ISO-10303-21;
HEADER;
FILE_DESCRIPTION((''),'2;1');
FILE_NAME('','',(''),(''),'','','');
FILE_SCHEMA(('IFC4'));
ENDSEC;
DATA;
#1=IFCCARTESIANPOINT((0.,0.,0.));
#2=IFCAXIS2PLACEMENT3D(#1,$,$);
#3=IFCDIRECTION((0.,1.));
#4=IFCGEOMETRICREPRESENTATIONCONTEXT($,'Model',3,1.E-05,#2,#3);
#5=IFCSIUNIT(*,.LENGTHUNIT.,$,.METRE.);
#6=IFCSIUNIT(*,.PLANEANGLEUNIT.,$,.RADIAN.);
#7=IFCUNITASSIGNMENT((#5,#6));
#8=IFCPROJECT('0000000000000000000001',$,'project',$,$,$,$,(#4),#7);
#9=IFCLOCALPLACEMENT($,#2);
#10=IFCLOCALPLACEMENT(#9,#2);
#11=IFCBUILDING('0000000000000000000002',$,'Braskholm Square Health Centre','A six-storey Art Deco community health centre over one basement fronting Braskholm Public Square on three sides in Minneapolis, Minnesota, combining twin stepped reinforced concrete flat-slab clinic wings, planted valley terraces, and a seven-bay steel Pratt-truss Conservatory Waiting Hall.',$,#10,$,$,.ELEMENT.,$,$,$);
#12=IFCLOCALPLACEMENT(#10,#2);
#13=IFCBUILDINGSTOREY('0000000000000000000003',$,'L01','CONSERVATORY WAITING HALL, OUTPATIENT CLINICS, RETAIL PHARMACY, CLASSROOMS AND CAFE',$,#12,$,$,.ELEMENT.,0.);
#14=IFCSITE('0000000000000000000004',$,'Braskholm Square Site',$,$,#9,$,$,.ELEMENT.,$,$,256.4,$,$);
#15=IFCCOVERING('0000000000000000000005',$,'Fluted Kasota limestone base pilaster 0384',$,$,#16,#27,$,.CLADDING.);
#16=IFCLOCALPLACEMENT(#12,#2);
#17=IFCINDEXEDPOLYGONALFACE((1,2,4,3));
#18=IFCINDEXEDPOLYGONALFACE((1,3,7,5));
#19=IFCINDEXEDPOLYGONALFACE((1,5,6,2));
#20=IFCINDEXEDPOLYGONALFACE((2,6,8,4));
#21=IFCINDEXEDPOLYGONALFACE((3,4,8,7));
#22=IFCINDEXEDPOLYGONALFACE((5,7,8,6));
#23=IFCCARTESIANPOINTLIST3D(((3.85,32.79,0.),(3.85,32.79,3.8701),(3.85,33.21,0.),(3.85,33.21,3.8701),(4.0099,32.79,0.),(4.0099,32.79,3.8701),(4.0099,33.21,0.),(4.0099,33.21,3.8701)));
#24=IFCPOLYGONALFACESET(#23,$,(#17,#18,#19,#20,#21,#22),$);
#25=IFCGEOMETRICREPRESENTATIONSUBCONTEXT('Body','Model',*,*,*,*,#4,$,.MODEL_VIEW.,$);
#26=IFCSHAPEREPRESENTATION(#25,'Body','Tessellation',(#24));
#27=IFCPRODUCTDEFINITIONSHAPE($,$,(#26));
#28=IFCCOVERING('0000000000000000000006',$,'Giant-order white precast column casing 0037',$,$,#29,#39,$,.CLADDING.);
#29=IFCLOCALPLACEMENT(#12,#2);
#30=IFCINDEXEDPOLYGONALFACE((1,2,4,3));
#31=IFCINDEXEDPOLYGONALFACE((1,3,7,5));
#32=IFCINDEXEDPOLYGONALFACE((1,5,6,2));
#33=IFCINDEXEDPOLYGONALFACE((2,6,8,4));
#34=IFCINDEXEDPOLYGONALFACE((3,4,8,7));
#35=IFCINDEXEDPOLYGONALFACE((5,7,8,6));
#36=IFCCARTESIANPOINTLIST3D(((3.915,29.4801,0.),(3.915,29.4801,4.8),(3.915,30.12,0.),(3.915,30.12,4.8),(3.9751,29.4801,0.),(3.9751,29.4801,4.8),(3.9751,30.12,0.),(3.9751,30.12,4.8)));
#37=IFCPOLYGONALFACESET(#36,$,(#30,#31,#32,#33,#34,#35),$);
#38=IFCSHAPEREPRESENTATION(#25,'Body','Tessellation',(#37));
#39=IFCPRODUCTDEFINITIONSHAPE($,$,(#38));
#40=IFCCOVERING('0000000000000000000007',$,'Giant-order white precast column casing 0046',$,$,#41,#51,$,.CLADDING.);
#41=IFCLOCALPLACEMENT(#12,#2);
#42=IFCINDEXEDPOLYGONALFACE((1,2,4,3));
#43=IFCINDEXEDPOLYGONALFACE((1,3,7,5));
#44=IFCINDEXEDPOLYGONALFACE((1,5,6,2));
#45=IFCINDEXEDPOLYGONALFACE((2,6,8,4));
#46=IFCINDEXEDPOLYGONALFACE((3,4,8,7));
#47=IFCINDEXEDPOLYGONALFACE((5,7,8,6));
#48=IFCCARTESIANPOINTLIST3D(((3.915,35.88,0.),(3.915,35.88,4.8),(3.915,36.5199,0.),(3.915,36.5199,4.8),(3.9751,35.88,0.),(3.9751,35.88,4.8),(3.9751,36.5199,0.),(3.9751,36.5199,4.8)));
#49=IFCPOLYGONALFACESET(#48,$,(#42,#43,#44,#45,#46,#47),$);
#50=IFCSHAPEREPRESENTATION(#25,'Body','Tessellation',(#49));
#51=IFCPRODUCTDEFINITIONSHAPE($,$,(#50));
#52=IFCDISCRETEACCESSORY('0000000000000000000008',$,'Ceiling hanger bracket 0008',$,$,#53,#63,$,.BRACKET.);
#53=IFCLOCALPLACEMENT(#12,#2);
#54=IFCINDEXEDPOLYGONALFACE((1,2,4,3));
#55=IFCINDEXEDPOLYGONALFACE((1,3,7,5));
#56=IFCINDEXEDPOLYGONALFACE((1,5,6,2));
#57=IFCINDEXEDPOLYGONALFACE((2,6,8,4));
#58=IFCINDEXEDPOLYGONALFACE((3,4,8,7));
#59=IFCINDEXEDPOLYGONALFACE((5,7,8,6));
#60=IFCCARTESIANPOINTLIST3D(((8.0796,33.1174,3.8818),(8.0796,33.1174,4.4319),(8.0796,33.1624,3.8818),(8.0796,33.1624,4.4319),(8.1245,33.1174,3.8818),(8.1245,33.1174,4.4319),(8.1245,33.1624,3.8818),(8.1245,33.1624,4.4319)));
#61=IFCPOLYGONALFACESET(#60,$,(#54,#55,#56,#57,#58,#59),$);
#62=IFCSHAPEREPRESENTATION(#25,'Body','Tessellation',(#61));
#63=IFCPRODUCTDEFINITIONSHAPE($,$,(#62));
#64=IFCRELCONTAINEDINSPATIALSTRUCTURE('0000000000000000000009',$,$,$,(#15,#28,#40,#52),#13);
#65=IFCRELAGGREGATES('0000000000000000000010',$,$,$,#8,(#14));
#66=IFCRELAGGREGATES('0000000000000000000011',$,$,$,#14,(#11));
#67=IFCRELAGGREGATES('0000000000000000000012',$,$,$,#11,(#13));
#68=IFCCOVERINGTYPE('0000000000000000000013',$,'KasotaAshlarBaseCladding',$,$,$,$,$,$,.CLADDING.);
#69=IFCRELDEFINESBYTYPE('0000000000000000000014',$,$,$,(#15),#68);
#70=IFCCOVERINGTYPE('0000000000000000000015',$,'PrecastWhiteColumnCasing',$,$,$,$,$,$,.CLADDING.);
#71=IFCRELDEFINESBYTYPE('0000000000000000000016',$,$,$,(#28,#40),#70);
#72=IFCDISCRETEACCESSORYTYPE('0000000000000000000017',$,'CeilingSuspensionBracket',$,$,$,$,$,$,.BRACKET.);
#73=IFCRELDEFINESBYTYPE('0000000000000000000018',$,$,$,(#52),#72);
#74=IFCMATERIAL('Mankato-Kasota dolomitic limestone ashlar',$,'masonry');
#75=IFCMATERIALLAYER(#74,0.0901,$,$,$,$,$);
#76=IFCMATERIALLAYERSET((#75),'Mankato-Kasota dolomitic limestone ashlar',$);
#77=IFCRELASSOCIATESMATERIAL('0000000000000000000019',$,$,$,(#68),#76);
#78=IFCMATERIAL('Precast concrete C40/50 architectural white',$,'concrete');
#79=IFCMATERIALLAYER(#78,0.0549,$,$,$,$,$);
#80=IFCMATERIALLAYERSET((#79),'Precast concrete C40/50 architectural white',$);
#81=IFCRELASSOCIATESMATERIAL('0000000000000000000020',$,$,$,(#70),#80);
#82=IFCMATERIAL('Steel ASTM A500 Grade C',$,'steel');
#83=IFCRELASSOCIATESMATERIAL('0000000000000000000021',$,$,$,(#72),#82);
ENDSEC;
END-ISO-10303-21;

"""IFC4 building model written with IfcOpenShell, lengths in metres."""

from ifc_helpers import new_model, si_unit, direction, frame, origin, origin_2d, place, context, subcontext, project, spatial, rectangle, extrude, material, layer, layer_set, type_object, element, save


model = new_model("IFC4")

# Units and contexts
model_context = context("Model", 3, precision=1e-05, world=origin(), true_north=direction((0.0, 1.0)))
body_context = subcontext(model_context, "Body", "Model", "MODEL_VIEW")
ifc_project = project(units=[si_unit("LENGTHUNIT", "METRE"), si_unit("PLANEANGLEUNIT", "RADIAN")], contexts=[model_context])

# Site, building, storey
site_placement = place(None, origin())
site = spatial("IfcSite", under=ifc_project, at=site_placement, Name="Braskholm Square Site", CompositionType="ELEMENT", RefElevation=256.4)
building_placement = place(site_placement, origin())
building = spatial("IfcBuilding", under=site, at=building_placement, Name="Braskholm Square Health Centre", Description="A six-storey Art Deco community health centre over one basement fronting Braskholm Public Square on three sides in Minneapolis, Minnesota, combining twin stepped reinforced concrete flat-slab clinic wings, planted valley terraces, and a seven-bay steel Pratt-truss Conservatory Waiting Hall.", CompositionType="ELEMENT")
storey_placement = place(building_placement, origin())
storey = spatial("IfcBuildingStorey", under=building, at=storey_placement, Name="L01", Description="CONSERVATORY WAITING HALL, OUTPATIENT CLINICS, RETAIL PHARMACY, CLASSROOMS AND CAFE", CompositionType="ELEMENT", Elevation=0.0)

# Shared definitions
ifc_material_1 = material(Name="Precast concrete C40/50 architectural white", Category="concrete")

# Shared definitions
ifc_material_2 = material(Name="Mankato-Kasota dolomitic limestone ashlar", Category="masonry")

# Coverings
ifc_layer_1 = layer(ifc_material_2, 0.0901)
ifc_layer_set_1 = layer_set([ifc_layer_1], Name="Mankato-Kasota dolomitic limestone ashlar")
covering_type_1 = type_object("IfcCoveringType", Name="KasotaAshlarBaseCladding", PredefinedType="CLADDING", material=ifc_layer_set_1)
covering_placement = place(storey_placement, frame((3.9299, 33.0, 0.0), z_axis=(0.0, 0.0, 1.0), x_axis=(1.0, 0.0, 0.0)))
element("IfcCovering", 1, at=covering_placement, inside=storey, type_object=covering_type_1, Name="Fluted Kasota limestone base pilaster 0384", PredefinedType="CLADDING", context=body_context, shape_type="SweptSolid", body=[
    extrude(rectangle(XDim=0.1599, YDim=0.4199, at=origin_2d()), origin(), (0.0, 0.0, 1.0), 3.8701),
])
ifc_layer_2 = layer(ifc_material_1, 0.0549)
ifc_layer_set_2 = layer_set([ifc_layer_2], Name="Precast concrete C40/50 architectural white")
covering_type_2 = type_object("IfcCoveringType", Name="PrecastWhiteColumnCasing", PredefinedType="CLADDING", material=ifc_layer_set_2)
for number, where, z_axis, x_axis, name in (
    (2, (3.9451, 29.8, 0.0), (0.0, 0.0, 1.0), (1.0, 0.0, 0.0), "Giant-order white precast column casing 0037"),
    (3, (3.9451, 36.2, 0.0), (0.0, 0.0, 1.0), (1.0, 0.0, 0.0), "Giant-order white precast column casing 0046"),
):
    element("IfcCovering", number, at=place(storey_placement, frame(where, z_axis=z_axis, x_axis=x_axis)), inside=storey, type_object=covering_type_2, Name=name, PredefinedType="CLADDING", context=body_context, shape_type="SweptSolid", body=[
        extrude(rectangle(XDim=0.0601, YDim=0.6399, at=origin_2d()), origin(), (0.0, 0.0, 1.0), 4.8),
    ])

# Discrete accessory
ifc_material_3 = material(Name="Steel ASTM A500 Grade C", Category="steel")
discrete_accessory_type = type_object("IfcDiscreteAccessoryType", Name="CeilingSuspensionBracket", PredefinedType="BRACKET", material=ifc_material_3)
discrete_accessory_placement = place(storey_placement, frame((8.1021, 33.1399, 3.8818), z_axis=(0.0, 0.0, 1.0), x_axis=(1.0, 0.0, 0.0)))
element("IfcDiscreteAccessory", 4, at=discrete_accessory_placement, inside=storey, type_object=discrete_accessory_type, Name="Ceiling hanger bracket 0008", PredefinedType="BRACKET", context=body_context, shape_type="SweptSolid", body=[
    extrude(rectangle(XDim=0.0449, YDim=0.0449, at=origin_2d()), origin(), (0.0, 0.0, 1.0), 0.55),
])

save(model, "model.ifc")
